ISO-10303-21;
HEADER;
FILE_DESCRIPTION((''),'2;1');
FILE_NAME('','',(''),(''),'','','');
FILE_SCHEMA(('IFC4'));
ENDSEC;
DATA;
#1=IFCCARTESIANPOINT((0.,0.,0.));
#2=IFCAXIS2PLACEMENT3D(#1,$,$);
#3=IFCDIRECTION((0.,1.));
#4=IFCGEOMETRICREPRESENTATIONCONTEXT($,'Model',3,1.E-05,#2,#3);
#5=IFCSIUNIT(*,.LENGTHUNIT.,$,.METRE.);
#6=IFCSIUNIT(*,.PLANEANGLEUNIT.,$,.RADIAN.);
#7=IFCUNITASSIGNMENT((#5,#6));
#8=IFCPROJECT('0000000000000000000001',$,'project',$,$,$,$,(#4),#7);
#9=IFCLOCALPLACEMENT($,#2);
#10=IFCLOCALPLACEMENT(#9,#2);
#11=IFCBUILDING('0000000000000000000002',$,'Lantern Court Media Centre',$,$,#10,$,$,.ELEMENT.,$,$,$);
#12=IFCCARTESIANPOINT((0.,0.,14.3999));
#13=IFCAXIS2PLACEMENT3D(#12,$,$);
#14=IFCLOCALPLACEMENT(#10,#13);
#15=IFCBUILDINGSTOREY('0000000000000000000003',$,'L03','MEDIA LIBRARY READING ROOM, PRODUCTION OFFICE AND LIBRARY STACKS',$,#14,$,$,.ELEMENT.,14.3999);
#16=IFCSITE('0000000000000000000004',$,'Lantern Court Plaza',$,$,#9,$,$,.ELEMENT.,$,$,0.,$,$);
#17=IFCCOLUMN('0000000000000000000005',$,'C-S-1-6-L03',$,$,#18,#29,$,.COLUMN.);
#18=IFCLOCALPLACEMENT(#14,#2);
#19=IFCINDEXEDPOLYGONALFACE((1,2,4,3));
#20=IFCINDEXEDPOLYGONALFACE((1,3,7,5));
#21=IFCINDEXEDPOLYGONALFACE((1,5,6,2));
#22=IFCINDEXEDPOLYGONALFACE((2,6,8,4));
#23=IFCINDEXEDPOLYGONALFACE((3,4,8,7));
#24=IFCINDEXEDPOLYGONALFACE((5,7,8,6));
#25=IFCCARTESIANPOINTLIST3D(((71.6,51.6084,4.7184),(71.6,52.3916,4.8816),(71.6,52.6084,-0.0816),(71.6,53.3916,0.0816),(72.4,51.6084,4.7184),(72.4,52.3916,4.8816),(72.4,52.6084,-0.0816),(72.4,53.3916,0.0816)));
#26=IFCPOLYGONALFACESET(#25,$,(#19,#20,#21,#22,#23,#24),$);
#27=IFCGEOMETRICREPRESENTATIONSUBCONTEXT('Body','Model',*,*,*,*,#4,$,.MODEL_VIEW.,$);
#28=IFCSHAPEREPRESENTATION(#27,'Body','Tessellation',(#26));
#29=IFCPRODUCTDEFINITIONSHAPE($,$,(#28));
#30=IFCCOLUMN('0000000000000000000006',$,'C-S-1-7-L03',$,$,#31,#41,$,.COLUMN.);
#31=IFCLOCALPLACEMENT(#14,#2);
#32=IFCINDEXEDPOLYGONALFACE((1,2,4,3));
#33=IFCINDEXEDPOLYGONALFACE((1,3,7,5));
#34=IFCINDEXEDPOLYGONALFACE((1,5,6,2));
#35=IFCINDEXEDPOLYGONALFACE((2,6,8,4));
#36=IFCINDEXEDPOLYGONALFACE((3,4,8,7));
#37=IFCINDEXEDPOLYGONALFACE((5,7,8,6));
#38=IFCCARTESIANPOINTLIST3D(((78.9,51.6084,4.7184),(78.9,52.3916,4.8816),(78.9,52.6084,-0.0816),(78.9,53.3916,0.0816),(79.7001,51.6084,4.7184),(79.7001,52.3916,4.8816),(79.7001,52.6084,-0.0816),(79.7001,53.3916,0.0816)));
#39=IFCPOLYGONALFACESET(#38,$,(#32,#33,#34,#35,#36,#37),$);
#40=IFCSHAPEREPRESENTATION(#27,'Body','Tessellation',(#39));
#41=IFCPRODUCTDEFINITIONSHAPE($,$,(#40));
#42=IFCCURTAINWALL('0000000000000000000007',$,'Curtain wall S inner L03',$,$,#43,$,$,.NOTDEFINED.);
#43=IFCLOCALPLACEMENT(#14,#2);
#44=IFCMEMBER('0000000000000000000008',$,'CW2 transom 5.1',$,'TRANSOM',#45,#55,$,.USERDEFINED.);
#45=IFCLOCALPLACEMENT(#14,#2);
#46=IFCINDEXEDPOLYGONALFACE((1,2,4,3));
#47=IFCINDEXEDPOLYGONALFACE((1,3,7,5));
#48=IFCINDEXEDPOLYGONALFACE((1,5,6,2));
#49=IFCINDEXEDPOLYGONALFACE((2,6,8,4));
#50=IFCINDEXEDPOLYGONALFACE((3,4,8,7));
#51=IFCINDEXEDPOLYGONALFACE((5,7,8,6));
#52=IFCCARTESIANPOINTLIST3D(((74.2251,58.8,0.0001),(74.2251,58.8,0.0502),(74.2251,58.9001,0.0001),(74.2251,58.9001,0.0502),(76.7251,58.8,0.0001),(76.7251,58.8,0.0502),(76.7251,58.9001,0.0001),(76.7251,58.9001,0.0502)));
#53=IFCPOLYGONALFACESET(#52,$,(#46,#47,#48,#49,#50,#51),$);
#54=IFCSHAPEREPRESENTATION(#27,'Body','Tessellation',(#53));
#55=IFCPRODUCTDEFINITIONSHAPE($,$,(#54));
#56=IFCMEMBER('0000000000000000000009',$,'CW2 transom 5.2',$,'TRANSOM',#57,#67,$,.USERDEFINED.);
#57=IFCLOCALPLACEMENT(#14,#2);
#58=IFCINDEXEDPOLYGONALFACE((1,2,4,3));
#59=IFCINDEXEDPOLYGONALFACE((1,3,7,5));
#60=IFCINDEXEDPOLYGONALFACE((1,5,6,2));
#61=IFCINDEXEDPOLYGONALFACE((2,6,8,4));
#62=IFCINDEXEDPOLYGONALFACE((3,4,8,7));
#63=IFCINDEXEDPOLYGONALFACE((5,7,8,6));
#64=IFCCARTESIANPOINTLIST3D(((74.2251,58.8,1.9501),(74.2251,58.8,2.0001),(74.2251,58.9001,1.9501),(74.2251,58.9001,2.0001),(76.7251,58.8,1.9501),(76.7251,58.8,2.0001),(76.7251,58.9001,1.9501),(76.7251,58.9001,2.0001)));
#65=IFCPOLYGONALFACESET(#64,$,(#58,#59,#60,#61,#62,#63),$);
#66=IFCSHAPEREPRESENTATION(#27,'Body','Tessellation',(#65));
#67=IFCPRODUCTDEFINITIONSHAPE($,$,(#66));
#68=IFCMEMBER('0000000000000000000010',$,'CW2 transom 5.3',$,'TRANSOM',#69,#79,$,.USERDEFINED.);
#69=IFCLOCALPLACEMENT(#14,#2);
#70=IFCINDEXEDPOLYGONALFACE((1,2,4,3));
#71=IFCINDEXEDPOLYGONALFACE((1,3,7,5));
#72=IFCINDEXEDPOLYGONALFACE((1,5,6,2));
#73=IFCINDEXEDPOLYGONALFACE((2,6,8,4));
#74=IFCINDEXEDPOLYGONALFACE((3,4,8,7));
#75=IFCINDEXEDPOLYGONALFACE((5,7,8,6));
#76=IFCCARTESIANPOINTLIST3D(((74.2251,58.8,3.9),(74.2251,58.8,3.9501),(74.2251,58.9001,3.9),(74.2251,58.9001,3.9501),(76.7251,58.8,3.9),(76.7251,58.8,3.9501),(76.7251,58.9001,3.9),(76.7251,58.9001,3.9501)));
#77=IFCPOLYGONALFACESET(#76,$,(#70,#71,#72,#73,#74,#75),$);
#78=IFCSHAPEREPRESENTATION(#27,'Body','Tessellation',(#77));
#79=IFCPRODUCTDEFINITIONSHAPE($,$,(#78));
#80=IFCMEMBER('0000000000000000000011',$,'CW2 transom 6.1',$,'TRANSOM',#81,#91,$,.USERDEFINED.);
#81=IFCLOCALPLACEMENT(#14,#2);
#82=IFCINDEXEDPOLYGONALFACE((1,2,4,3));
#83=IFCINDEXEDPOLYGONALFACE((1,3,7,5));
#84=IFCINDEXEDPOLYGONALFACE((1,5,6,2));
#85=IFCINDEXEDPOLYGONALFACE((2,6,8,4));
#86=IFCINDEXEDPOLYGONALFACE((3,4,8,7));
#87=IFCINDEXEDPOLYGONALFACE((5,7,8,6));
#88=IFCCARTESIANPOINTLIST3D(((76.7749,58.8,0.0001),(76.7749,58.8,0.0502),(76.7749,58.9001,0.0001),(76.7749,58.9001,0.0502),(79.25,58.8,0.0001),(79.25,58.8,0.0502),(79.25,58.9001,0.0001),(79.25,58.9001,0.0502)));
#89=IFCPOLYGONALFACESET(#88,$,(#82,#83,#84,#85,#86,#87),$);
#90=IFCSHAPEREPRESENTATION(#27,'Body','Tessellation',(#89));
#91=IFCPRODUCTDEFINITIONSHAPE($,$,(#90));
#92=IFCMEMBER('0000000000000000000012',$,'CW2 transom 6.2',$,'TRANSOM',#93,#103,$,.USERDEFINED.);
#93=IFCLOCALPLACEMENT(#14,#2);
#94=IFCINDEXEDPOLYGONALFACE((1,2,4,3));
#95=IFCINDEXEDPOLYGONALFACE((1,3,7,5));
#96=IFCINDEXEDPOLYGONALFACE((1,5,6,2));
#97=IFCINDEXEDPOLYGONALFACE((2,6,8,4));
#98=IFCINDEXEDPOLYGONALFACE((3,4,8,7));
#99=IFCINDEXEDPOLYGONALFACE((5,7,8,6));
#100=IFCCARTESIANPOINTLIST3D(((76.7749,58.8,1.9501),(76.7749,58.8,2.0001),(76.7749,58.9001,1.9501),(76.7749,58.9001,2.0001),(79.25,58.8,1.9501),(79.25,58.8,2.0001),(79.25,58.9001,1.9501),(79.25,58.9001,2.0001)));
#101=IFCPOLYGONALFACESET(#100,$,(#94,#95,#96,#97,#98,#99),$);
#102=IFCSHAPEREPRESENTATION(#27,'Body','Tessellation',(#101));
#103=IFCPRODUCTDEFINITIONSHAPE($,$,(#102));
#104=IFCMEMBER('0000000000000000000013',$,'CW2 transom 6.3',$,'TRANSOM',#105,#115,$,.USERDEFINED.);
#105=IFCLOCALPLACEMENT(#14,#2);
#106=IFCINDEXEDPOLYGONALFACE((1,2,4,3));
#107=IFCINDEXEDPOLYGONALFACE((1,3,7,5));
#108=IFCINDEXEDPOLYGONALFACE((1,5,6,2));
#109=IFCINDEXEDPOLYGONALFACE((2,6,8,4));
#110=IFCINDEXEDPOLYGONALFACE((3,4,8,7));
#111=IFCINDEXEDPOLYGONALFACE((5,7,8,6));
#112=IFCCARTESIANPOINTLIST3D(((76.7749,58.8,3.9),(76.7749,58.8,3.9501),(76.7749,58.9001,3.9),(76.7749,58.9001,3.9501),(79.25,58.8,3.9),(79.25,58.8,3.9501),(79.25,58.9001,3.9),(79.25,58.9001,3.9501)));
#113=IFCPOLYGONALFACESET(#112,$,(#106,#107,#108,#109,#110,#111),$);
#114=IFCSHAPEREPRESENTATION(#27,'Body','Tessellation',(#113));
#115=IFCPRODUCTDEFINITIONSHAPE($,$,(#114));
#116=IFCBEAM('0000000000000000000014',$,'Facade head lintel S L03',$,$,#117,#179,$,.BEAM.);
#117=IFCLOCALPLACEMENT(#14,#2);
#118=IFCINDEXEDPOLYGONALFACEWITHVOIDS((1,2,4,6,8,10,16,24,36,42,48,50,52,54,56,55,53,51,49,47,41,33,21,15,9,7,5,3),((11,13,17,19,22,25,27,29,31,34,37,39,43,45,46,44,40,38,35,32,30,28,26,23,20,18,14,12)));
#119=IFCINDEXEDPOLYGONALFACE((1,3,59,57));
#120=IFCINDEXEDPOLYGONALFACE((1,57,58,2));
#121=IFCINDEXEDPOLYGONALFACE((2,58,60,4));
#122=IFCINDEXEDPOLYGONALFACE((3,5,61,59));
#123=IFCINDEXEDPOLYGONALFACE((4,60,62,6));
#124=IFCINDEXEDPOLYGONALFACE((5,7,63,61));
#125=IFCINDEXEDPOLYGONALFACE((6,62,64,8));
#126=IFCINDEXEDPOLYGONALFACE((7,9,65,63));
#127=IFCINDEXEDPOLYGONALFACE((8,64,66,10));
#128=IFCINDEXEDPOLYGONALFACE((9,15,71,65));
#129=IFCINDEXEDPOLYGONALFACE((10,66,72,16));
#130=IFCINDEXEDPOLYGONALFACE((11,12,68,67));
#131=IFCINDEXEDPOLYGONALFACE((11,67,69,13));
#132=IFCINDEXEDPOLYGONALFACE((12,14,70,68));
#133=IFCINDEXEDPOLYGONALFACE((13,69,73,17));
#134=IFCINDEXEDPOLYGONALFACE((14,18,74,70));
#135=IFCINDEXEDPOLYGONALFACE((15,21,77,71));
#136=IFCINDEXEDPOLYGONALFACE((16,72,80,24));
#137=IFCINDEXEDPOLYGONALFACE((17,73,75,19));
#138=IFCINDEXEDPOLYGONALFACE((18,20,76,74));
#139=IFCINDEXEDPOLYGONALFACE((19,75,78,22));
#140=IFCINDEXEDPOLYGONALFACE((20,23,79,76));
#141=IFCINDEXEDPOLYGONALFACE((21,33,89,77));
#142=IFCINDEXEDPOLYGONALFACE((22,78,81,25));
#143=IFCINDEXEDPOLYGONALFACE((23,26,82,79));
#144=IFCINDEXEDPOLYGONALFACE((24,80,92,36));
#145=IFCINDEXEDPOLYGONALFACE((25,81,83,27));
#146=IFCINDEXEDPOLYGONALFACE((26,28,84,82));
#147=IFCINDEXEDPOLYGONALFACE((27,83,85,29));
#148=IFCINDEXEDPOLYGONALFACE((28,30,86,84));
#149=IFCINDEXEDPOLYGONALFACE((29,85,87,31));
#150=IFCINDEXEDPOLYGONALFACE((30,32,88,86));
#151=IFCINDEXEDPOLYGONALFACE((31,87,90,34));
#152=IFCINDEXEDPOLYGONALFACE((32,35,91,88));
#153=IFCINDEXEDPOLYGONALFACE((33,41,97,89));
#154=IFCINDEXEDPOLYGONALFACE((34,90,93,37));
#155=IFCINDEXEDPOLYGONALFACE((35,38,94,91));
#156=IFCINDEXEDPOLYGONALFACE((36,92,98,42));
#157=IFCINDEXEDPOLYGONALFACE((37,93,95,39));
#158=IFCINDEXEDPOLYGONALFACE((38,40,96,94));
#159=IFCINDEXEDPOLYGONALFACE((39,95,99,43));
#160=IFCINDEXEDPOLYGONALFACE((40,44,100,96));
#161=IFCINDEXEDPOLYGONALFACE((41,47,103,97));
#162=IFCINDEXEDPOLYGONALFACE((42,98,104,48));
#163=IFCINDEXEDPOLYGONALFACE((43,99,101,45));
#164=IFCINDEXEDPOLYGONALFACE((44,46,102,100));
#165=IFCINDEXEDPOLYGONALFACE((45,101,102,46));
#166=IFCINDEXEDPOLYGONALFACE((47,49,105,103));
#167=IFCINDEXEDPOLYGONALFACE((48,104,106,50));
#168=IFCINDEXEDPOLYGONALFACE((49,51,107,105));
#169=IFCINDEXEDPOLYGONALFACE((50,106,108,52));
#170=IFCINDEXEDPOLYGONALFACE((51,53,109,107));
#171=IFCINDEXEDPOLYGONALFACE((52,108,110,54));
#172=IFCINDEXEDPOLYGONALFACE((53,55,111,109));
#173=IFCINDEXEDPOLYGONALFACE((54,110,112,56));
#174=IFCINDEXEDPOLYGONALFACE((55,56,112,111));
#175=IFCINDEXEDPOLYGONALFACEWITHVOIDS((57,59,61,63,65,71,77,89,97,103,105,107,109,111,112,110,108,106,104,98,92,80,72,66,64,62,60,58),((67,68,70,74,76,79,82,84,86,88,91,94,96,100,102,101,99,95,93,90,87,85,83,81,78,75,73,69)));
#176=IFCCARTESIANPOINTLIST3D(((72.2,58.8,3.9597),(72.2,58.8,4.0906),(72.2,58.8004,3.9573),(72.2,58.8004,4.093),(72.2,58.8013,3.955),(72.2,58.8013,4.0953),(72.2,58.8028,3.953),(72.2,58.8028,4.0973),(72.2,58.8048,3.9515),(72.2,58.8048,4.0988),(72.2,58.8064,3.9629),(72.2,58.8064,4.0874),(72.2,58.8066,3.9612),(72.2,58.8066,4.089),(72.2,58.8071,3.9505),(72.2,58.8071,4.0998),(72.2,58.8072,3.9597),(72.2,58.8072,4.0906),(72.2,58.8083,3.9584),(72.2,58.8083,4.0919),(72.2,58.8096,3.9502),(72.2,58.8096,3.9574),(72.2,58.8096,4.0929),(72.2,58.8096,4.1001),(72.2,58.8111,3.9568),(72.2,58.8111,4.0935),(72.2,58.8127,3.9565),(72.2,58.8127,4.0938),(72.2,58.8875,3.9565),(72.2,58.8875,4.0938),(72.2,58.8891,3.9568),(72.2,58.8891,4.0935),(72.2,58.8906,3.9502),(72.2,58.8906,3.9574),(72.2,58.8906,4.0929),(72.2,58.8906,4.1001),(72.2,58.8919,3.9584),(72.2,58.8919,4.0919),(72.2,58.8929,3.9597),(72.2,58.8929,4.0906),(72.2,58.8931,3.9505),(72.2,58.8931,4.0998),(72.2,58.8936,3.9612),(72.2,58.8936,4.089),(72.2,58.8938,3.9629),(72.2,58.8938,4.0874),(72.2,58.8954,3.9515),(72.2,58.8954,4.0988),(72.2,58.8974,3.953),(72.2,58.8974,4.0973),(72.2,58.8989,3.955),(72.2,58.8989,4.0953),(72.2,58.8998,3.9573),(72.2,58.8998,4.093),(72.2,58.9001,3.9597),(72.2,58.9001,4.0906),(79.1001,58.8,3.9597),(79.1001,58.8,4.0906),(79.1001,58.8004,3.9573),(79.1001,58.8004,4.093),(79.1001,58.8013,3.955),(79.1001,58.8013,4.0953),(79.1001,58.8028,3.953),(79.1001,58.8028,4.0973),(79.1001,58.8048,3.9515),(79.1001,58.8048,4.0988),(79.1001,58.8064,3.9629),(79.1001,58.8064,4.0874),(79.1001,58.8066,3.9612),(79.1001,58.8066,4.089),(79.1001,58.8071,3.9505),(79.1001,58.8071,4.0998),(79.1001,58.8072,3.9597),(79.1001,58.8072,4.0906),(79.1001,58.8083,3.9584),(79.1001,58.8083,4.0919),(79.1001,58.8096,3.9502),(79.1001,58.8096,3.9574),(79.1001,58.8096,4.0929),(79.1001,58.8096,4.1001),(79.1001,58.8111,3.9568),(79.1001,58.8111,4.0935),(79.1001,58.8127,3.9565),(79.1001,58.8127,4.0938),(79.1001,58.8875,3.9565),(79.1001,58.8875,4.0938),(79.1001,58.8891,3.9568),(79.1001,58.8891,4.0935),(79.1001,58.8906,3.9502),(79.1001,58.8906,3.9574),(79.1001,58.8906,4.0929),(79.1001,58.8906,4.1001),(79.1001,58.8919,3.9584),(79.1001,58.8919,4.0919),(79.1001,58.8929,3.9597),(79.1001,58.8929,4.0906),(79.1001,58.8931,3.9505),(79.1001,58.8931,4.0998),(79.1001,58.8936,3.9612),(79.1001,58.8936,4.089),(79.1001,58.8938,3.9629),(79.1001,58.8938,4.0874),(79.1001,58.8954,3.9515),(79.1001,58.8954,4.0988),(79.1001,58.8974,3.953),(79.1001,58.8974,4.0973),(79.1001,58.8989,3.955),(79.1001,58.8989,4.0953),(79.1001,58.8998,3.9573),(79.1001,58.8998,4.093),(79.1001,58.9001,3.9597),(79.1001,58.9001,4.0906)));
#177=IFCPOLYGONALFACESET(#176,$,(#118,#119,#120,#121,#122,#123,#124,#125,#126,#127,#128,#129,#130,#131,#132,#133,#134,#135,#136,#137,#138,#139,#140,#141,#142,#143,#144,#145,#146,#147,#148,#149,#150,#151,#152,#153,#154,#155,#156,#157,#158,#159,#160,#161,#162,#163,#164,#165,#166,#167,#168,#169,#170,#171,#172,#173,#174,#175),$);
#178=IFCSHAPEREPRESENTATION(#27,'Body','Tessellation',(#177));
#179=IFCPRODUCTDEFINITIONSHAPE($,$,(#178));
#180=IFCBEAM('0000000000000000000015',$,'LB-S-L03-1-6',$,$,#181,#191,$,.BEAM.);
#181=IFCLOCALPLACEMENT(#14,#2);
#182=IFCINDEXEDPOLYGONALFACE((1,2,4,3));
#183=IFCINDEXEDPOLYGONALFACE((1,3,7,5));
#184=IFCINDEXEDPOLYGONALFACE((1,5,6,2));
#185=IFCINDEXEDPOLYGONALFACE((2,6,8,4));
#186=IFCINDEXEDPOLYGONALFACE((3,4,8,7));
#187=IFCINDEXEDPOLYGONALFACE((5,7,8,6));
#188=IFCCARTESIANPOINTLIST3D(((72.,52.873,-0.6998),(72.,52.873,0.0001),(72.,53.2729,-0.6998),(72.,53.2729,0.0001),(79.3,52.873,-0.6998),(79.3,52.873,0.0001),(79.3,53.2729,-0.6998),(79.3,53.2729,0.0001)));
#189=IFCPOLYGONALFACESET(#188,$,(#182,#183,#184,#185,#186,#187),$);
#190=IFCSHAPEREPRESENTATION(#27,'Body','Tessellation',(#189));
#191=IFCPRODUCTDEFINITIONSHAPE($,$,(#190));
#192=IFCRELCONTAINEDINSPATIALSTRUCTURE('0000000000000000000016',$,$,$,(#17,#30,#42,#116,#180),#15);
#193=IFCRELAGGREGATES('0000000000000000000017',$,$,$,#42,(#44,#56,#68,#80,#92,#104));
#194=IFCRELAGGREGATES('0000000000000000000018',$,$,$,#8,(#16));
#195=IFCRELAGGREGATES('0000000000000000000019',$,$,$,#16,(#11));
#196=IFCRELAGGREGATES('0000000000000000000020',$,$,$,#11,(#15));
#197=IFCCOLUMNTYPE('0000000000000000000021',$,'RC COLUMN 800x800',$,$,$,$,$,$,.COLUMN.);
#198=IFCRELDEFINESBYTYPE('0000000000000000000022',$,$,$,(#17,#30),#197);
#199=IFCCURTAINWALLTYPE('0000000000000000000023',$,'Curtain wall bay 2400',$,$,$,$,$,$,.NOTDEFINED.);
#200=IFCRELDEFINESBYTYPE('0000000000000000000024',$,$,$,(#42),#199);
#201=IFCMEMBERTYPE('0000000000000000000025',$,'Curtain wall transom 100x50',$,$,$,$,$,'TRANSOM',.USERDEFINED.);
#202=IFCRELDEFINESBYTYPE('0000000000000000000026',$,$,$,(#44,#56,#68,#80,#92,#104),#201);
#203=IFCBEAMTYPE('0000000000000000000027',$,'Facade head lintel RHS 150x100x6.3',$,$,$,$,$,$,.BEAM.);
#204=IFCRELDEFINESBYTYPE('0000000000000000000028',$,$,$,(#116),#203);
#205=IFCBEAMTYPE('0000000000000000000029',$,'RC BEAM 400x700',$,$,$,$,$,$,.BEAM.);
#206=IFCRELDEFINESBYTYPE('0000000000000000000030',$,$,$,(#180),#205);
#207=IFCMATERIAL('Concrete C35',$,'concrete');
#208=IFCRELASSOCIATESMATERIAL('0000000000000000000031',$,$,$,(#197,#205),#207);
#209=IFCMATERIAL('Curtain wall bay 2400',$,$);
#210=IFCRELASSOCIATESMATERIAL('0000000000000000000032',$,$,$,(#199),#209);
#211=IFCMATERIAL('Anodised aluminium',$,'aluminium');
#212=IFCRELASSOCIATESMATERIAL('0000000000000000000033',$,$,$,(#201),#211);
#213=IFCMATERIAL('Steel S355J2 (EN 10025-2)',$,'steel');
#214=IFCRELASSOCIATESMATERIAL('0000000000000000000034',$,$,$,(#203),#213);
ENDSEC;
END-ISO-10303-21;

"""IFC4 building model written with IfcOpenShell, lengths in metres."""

from ifc_helpers import new_model, si_unit, direction, frame, origin, origin_2d, place, context, subcontext, project, spatial, rectangle, hollow_rectangle, extrude, material, material_profile, profile_set, type_object, element, aggregate, save


model = new_model("IFC4")

# Units and contexts
model_context = context("Model", 3, precision=1e-05, world=origin(), true_north=direction((0.0, 1.0)))
body_context = subcontext(model_context, "Body", "Model", "MODEL_VIEW")
ifc_project = project(units=[si_unit("LENGTHUNIT", "METRE"), si_unit("PLANEANGLEUNIT", "RADIAN")], contexts=[model_context])

# Site, building, storey
site_placement = place(None, origin())
site = spatial("IfcSite", under=ifc_project, at=site_placement, Name="Lantern Court Plaza", CompositionType="ELEMENT", RefElevation=0.0)
building_placement = place(site_placement, origin())
building = spatial("IfcBuilding", under=site, at=building_placement, Name="Lantern Court Media Centre", CompositionType="ELEMENT")
storey_placement = place(building_placement, frame((0.0, 0.0, 14.3999)))
storey = spatial("IfcBuildingStorey", under=building, at=storey_placement, Name="L03", Description="MEDIA LIBRARY READING ROOM, PRODUCTION OFFICE AND LIBRARY STACKS", CompositionType="ELEMENT", Elevation=14.3999)

# Columns
ifc_material_1 = material(Name="Concrete C35", Category="concrete")
ifc_material_profile_1 = material_profile(ifc_material_1, rectangle(XDim=0.8, YDim=0.8, at=origin_2d()), Name="RC 800x800")
ifc_profile_set_1 = profile_set([ifc_material_profile_1], Name="Concrete C35")
column_type = type_object("IfcColumnType", Name="RC COLUMN 800x800", PredefinedType="COLUMN", material=ifc_profile_set_1)
for number, where, z_axis, x_axis, name in (
    (1, (72.0, 53.0, 0.0), (0.0, -0.203952, 0.978981), (1.0, 0.0, 0.0), "C-S-1-6-L03"),
    (2, (79.3, 53.0, 0.0), (0.0, -0.203952, 0.978981), (1.0, 0.0, 0.0), "C-S-1-7-L03"),
):
    element("IfcColumn", number, at=place(storey_placement, frame(where, z_axis=z_axis, x_axis=x_axis)), inside=storey, type_object=column_type, Name=name, PredefinedType="COLUMN", context=body_context, shape_type="SweptSolid", body=[
        extrude(rectangle(XDim=0.8, YDim=0.8, at=origin_2d()), origin(), (0.0, 0.0, 1.0), 4.9031),
    ])

# Curtain wall, members
ifc_material_2 = material(Name="Curtain wall bay 2400")
curtain_wall_type = type_object("IfcCurtainWallType", Name="Curtain wall bay 2400", PredefinedType="NOTDEFINED", material=ifc_material_2)
curtain_wall_placement = place(storey_placement, origin())
curtain_wall = element("IfcCurtainWall", 3, at=curtain_wall_placement, inside=storey, type_object=curtain_wall_type, Name="Curtain wall S inner L03", PredefinedType="NOTDEFINED")
ifc_material_3 = material(Name="Anodised aluminium", Category="aluminium")
ifc_material_profile_2 = material_profile(ifc_material_3, rectangle(XDim=0.1001, YDim=0.05, at=origin_2d()), Name="AL 50x100")
ifc_profile_set_2 = profile_set([ifc_material_profile_2], Name="Anodised aluminium")
member_type = type_object("IfcMemberType", Name="Curtain wall transom 100x50", ElementType="TRANSOM", PredefinedType="USERDEFINED", material=ifc_profile_set_2)
member_1_placement = place(storey_placement, frame((74.2251, 58.8501, 0.0251), z_axis=(1.0, 0.0, 0.0), x_axis=(0.0, 1.0, 0.0)))
member_1 = element("IfcMember", 4, at=member_1_placement, type_object=member_type, Name="CW2 transom 5.1", ObjectType="TRANSOM", PredefinedType="USERDEFINED", context=body_context, shape_type="SweptSolid", body=[
    extrude(rectangle(XDim=0.1001, YDim=0.05, at=origin_2d()), origin(), (0.0, 0.0, 1.0), 2.5),
])
member_2_placement = place(storey_placement, frame((74.2251, 58.8501, 1.9751), z_axis=(1.0, 0.0, 0.0), x_axis=(0.0, 1.0, 0.0)))
member_2 = element("IfcMember", 5, at=member_2_placement, type_object=member_type, Name="CW2 transom 5.2", ObjectType="TRANSOM", PredefinedType="USERDEFINED", context=body_context, shape_type="SweptSolid", body=[
    extrude(rectangle(XDim=0.1001, YDim=0.05, at=origin_2d()), origin(), (0.0, 0.0, 1.0), 2.5),
])
member_3_placement = place(storey_placement, frame((74.2251, 58.8501, 3.925), z_axis=(1.0, 0.0, 0.0), x_axis=(0.0, 1.0, 0.0)))
member_3 = element("IfcMember", 6, at=member_3_placement, type_object=member_type, Name="CW2 transom 5.3", ObjectType="TRANSOM", PredefinedType="USERDEFINED", context=body_context, shape_type="SweptSolid", body=[
    extrude(rectangle(XDim=0.1001, YDim=0.05, at=origin_2d()), origin(), (0.0, 0.0, 1.0), 2.5),
])
member_4_placement = place(storey_placement, frame((76.7749, 58.8501, 0.0251), z_axis=(1.0, 0.0, 0.0), x_axis=(0.0, 1.0, 0.0)))
member_4 = element("IfcMember", 7, at=member_4_placement, type_object=member_type, Name="CW2 transom 6.1", ObjectType="TRANSOM", PredefinedType="USERDEFINED", context=body_context, shape_type="SweptSolid", body=[
    extrude(rectangle(XDim=0.1001, YDim=0.05, at=origin_2d()), origin(), (0.0, 0.0, 1.0), 2.4751),
])
member_5_placement = place(storey_placement, frame((76.7749, 58.8501, 1.9751), z_axis=(1.0, 0.0, 0.0), x_axis=(0.0, 1.0, 0.0)))
member_5 = element("IfcMember", 8, at=member_5_placement, type_object=member_type, Name="CW2 transom 6.2", ObjectType="TRANSOM", PredefinedType="USERDEFINED", context=body_context, shape_type="SweptSolid", body=[
    extrude(rectangle(XDim=0.1001, YDim=0.05, at=origin_2d()), origin(), (0.0, 0.0, 1.0), 2.4751),
])
member_6_placement = place(storey_placement, frame((76.7749, 58.8501, 3.925), z_axis=(1.0, 0.0, 0.0), x_axis=(0.0, 1.0, 0.0)))
member_6 = element("IfcMember", 9, at=member_6_placement, type_object=member_type, Name="CW2 transom 6.3", ObjectType="TRANSOM", PredefinedType="USERDEFINED", context=body_context, shape_type="SweptSolid", body=[
    extrude(rectangle(XDim=0.1001, YDim=0.05, at=origin_2d()), origin(), (0.0, 0.0, 1.0), 2.4751),
])

# Beams
ifc_material_4 = material(Name="Steel S355J2 (EN 10025-2)", Category="steel")
ifc_material_profile_3 = material_profile(ifc_material_4, hollow_rectangle(XDim=0.1001, YDim=0.1499, WallThickness=0.0063, InnerFilletRadius=0.0063, OuterFilletRadius=0.0095, at=origin_2d()), Name="Facade head lintel RHS 150x100x6.3")
ifc_profile_set_3 = profile_set([ifc_material_profile_3], Name="Steel S355J2 (EN 10025-2)")
beam_type_1 = type_object("IfcBeamType", Name="Facade head lintel RHS 150x100x6.3", PredefinedType="BEAM", material=ifc_profile_set_3)
beam_1_placement = place(storey_placement, frame((72.2, 58.8501, 4.0251), z_axis=(1.0, 0.0, 0.0), x_axis=(0.0, 1.0, 0.0)))
element("IfcBeam", 10, at=beam_1_placement, inside=storey, type_object=beam_type_1, Name="Facade head lintel S L03", PredefinedType="BEAM", context=body_context, shape_type="SweptSolid", body=[
    extrude(hollow_rectangle(XDim=0.1001, YDim=0.1499, WallThickness=0.0063, InnerFilletRadius=0.0063, OuterFilletRadius=0.0095, at=origin_2d()), origin(), (0.0, 0.0, 1.0), 6.9001),
])
ifc_material_profile_4 = material_profile(ifc_material_1, rectangle(XDim=0.3999, YDim=0.7, at=origin_2d()), Name="RC 400x700")
ifc_profile_set_4 = profile_set([ifc_material_profile_4], Name="Concrete C35")
beam_type_2 = type_object("IfcBeamType", Name="RC BEAM 400x700", PredefinedType="BEAM", material=ifc_profile_set_4)
beam_2_placement = place(storey_placement, frame((72.0, 53.073, -0.3499), z_axis=(1.0, 0.0, 0.0), x_axis=(0.0, 1.0, 0.0)))
element("IfcBeam", 11, at=beam_2_placement, inside=storey, type_object=beam_type_2, Name="LB-S-L03-1-6", PredefinedType="BEAM", context=body_context, shape_type="SweptSolid", body=[
    extrude(rectangle(XDim=0.3999, YDim=0.7, at=origin_2d()), origin(), (0.0, 0.0, 1.0), 7.3),
])

aggregate(curtain_wall, [member_1, member_2, member_3, member_4, member_5, member_6])

save(model, "model.ifc")
